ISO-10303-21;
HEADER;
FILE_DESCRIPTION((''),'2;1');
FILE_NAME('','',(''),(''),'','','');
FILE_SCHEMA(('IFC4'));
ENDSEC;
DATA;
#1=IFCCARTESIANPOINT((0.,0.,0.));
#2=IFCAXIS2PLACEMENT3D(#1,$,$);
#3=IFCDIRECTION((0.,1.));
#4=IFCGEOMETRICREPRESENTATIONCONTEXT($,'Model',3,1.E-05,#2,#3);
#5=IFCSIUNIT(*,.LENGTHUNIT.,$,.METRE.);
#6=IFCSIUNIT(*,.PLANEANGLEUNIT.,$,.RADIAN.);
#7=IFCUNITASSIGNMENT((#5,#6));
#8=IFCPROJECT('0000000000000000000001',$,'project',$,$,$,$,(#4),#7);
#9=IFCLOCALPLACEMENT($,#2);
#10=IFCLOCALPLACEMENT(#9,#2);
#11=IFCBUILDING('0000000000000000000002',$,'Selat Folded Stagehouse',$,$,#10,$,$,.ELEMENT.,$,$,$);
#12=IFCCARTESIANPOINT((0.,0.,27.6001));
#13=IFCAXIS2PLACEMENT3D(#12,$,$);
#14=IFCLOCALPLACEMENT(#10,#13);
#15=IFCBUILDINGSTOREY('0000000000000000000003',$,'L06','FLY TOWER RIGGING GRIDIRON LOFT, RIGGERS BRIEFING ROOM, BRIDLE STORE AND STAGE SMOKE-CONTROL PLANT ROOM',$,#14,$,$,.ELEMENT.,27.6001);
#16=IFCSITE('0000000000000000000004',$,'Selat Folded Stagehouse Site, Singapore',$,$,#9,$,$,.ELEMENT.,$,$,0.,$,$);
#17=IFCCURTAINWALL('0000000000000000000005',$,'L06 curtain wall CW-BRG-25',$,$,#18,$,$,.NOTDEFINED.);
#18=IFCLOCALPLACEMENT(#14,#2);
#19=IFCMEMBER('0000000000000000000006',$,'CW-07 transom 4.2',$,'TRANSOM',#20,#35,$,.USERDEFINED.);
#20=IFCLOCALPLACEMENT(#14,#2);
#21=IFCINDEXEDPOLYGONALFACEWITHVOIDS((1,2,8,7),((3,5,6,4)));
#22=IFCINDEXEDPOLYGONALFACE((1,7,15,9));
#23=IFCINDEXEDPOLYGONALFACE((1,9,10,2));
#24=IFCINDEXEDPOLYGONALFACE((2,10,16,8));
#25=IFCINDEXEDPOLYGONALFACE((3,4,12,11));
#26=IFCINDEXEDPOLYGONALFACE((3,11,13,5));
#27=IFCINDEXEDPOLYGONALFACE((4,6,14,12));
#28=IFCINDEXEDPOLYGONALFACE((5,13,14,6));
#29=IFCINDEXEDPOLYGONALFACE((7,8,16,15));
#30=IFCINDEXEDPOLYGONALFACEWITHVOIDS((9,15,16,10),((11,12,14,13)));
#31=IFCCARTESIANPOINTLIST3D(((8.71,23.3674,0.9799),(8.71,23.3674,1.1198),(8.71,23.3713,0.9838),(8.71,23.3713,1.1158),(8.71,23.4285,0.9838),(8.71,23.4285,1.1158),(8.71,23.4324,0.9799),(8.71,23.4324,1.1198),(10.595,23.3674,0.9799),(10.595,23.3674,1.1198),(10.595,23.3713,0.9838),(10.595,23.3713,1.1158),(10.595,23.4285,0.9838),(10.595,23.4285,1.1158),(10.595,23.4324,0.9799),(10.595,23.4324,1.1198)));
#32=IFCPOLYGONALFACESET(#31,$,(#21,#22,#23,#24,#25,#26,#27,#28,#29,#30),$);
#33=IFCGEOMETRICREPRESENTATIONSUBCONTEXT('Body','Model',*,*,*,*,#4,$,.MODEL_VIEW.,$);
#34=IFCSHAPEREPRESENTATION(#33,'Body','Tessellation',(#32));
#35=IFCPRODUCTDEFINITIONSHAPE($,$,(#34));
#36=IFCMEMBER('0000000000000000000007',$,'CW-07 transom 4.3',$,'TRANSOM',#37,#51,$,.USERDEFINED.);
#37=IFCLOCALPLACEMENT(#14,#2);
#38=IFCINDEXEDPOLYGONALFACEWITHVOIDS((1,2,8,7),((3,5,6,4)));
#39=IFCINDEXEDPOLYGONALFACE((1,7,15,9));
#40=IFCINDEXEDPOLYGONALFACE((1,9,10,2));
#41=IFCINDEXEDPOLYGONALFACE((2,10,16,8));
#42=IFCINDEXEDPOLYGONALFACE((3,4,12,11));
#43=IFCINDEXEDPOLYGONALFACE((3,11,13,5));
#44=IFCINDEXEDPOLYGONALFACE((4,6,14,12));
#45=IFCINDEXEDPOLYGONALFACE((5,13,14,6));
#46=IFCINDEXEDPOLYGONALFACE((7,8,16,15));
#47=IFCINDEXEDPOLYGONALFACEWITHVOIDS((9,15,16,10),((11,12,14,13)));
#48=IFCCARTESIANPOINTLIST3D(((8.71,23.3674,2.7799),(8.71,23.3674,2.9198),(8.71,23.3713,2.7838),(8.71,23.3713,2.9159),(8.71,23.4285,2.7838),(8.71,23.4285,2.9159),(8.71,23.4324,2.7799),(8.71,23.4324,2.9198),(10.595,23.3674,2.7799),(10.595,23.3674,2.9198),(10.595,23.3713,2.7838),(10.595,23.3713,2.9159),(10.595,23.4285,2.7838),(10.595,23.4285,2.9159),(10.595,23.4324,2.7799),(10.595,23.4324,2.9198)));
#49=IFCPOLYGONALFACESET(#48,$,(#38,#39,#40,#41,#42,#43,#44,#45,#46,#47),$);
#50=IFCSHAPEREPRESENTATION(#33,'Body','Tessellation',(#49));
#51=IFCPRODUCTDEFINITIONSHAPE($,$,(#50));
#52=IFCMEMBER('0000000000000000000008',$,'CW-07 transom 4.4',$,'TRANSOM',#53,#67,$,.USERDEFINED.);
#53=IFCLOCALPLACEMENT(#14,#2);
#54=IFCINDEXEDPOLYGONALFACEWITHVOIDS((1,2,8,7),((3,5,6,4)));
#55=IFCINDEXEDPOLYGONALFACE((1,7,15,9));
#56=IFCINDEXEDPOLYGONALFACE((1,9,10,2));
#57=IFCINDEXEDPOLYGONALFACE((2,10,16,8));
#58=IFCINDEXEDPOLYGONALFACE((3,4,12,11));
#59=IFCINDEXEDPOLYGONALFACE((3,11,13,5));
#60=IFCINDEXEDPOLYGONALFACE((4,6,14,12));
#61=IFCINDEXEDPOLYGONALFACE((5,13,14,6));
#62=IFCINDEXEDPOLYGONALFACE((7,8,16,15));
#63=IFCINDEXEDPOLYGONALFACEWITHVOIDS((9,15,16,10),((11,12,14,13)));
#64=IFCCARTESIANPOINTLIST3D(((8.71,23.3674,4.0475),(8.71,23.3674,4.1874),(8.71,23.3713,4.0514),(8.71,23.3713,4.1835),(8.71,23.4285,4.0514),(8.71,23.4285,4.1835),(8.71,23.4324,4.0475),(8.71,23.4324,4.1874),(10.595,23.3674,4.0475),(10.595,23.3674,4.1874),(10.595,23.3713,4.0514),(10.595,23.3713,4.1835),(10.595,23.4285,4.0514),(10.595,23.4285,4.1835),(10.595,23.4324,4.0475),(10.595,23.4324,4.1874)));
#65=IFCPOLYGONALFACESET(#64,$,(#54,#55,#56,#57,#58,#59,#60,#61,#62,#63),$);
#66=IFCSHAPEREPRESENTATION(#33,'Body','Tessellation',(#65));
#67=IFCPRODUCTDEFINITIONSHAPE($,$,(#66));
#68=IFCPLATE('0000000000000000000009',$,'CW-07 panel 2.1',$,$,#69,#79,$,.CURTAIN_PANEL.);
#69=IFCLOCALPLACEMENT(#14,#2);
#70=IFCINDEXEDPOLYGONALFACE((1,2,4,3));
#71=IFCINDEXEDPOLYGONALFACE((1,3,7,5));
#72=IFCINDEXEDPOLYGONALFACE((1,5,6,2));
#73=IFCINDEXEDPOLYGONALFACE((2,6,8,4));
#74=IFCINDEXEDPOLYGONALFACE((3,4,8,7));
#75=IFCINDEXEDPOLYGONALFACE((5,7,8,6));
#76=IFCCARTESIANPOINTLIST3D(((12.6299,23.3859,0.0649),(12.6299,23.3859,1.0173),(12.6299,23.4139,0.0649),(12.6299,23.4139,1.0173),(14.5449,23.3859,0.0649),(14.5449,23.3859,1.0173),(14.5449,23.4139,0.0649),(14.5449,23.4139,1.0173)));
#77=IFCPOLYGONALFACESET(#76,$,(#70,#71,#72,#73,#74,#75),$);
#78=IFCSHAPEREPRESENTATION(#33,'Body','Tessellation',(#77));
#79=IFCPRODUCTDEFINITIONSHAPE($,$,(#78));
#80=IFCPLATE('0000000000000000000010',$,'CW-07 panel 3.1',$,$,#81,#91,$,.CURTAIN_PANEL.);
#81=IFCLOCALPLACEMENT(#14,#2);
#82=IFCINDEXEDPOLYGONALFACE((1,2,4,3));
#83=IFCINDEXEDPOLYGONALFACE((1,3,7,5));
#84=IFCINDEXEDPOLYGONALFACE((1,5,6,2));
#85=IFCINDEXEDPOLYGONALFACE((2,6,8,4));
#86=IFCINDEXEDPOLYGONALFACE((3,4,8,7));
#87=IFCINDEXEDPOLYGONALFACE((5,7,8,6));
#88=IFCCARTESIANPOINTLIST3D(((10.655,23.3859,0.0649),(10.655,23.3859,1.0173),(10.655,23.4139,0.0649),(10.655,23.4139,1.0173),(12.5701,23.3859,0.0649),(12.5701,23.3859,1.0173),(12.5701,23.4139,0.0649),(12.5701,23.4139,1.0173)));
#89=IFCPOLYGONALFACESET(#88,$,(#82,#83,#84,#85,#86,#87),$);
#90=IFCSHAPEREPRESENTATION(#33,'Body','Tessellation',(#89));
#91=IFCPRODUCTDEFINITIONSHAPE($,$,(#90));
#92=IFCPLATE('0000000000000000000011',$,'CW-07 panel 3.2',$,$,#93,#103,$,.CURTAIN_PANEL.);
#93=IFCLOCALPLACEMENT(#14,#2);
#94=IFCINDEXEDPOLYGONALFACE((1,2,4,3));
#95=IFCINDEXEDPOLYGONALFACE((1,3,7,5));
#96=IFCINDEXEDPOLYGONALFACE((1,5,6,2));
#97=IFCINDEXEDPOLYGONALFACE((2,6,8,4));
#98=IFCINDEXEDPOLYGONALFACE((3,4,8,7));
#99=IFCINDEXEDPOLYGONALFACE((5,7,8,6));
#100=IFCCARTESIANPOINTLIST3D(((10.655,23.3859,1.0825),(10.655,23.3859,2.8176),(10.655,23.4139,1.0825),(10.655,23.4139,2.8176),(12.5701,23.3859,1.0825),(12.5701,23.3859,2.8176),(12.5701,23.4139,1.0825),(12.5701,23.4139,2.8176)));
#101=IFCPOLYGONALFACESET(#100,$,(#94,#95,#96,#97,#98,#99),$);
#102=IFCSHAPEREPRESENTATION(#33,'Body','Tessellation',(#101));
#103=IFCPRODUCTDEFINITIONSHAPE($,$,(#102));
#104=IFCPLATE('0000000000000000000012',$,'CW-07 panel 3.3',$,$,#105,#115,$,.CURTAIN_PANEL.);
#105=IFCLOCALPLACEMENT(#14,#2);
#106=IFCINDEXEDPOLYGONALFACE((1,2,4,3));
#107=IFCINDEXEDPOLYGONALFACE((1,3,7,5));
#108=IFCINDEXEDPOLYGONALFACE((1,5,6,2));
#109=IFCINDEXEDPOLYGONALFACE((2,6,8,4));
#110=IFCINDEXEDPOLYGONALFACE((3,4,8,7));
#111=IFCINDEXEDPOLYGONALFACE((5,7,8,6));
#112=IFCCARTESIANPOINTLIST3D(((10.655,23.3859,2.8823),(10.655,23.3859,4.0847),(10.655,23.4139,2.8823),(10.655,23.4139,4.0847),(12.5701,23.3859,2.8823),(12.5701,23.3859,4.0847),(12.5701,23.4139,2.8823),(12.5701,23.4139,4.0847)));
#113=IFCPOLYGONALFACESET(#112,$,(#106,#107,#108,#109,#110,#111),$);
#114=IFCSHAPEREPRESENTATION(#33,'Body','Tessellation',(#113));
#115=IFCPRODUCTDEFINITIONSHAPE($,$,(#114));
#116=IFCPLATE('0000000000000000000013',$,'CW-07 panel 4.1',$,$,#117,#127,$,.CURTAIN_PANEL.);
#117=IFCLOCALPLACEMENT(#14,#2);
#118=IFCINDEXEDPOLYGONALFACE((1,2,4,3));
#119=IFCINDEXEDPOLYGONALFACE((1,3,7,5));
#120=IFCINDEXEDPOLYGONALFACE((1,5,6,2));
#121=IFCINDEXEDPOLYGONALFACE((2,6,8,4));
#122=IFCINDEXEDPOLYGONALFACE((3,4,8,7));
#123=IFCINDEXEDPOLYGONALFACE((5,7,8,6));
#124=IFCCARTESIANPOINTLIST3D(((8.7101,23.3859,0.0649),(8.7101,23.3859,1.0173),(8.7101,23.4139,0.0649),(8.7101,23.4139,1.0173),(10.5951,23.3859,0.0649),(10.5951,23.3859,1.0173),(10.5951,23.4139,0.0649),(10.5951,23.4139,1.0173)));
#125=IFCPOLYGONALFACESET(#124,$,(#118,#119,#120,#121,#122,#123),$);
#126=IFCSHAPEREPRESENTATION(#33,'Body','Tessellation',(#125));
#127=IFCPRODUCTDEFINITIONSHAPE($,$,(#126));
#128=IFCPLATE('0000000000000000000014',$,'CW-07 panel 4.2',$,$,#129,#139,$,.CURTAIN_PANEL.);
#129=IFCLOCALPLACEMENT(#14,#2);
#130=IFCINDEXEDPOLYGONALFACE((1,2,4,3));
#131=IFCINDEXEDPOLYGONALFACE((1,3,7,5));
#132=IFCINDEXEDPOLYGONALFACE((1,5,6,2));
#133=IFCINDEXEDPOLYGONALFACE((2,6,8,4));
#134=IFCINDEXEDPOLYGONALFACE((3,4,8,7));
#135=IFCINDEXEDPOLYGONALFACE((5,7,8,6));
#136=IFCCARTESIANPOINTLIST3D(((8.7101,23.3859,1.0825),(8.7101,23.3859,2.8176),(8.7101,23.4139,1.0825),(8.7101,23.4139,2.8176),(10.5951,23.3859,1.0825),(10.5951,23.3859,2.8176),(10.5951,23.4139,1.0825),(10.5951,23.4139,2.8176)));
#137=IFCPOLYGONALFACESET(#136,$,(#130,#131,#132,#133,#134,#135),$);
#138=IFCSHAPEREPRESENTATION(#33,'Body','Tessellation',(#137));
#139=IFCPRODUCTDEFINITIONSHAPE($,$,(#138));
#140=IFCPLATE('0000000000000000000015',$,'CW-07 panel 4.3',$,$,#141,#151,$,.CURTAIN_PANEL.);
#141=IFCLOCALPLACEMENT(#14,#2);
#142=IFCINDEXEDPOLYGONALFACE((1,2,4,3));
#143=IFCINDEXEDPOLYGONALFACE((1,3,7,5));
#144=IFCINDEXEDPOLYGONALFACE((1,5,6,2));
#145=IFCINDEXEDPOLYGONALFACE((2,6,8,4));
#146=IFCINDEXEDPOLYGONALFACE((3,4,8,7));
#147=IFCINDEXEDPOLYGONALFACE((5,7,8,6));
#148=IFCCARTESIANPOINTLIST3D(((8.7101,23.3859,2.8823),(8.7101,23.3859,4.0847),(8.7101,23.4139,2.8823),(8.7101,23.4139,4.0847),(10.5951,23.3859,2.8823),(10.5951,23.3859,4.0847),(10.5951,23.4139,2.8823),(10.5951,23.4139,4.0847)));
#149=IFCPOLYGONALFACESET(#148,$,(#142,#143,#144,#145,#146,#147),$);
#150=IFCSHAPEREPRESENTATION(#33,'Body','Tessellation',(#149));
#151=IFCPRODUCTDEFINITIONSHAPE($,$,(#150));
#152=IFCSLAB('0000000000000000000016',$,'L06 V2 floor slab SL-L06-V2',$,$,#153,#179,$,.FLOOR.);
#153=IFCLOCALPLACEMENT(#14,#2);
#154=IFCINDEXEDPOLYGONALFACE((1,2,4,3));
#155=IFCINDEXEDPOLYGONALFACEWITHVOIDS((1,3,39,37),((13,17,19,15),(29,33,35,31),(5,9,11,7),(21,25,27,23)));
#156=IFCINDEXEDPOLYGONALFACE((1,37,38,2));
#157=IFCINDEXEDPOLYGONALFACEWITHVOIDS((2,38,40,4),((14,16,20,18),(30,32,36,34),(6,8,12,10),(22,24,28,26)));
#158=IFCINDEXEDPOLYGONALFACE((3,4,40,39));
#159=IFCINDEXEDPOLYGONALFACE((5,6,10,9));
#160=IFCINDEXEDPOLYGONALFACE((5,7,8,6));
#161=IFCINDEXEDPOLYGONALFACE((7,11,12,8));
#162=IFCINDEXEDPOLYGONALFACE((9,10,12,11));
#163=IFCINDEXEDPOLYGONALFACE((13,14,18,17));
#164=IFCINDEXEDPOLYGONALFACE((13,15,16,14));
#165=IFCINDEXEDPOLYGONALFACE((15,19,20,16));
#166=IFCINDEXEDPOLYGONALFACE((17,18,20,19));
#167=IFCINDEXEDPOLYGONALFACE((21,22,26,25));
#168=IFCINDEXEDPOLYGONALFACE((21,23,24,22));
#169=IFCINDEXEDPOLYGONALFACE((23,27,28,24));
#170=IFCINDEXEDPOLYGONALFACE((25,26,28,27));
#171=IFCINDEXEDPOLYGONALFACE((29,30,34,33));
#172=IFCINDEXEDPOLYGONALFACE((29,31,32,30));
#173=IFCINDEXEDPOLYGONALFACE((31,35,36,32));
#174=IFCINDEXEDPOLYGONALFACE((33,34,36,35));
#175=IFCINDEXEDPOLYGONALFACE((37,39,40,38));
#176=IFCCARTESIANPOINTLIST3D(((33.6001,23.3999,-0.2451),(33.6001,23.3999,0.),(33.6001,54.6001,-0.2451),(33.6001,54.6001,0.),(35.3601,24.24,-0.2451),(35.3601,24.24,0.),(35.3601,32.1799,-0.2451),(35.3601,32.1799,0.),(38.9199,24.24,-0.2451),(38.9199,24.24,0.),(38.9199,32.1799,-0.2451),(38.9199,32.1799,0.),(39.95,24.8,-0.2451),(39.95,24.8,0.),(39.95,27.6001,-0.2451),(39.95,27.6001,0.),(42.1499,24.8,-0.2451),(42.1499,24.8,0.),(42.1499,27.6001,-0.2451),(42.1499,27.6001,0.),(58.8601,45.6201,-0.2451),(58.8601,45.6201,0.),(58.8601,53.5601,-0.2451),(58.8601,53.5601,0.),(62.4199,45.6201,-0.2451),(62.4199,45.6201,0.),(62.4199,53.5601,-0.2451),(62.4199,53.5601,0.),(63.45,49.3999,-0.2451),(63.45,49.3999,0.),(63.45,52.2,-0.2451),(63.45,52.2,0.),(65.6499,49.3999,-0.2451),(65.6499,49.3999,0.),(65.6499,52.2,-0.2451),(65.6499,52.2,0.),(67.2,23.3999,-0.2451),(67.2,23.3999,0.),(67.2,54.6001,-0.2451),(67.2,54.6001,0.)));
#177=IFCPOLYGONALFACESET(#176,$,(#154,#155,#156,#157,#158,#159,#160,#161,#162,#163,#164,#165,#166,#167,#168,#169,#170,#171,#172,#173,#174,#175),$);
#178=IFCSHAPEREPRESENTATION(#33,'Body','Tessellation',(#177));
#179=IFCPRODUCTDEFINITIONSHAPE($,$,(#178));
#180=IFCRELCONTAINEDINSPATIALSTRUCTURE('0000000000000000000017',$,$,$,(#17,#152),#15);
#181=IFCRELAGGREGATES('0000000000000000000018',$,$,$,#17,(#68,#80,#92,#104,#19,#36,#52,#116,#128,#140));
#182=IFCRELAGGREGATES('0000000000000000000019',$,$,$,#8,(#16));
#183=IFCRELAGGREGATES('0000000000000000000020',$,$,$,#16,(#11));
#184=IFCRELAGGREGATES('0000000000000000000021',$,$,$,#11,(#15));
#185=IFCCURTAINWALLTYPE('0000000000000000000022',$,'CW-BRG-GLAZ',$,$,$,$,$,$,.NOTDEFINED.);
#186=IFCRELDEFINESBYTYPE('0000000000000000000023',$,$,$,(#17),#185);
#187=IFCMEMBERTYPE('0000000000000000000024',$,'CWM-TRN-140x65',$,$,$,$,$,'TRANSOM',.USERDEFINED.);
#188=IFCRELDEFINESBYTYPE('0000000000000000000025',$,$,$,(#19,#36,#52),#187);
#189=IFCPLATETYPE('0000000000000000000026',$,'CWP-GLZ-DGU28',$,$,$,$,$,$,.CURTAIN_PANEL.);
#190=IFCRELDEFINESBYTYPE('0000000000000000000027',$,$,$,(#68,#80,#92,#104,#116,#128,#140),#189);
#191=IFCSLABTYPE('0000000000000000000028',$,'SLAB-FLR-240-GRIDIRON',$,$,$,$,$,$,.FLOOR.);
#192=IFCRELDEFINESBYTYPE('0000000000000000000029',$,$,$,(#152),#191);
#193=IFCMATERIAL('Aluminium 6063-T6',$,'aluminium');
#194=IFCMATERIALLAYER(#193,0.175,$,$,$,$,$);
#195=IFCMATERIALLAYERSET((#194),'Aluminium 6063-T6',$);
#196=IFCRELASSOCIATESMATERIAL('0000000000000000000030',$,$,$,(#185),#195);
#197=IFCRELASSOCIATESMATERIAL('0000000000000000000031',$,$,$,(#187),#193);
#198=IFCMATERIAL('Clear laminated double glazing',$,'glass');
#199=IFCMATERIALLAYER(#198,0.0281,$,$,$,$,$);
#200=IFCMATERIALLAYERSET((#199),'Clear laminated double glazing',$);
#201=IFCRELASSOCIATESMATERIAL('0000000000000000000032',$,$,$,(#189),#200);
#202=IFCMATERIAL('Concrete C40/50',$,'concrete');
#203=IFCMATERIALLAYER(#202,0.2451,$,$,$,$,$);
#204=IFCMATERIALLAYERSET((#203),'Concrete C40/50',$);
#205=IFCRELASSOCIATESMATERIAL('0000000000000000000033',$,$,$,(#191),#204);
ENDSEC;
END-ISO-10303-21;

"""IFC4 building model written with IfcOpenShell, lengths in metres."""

from ifc_helpers import new_model, si_unit, direction, frame, origin, origin_2d, place, context, subcontext, project, spatial, polyline, rectangle, hollow_rectangle, outline, extrude, material, layer, layer_set, material_profile, profile_set, type_object, element, aggregate, save


model = new_model("IFC4")

# Units and contexts
model_context = context("Model", 3, precision=1e-05, world=origin(), true_north=direction((0.0, 1.0)))
body_context = subcontext(model_context, "Body", "Model", "MODEL_VIEW")
ifc_project = project(units=[si_unit("LENGTHUNIT", "METRE"), si_unit("PLANEANGLEUNIT", "RADIAN")], contexts=[model_context])

# Site, building, storey
site_placement = place(None, origin())
site = spatial("IfcSite", under=ifc_project, at=site_placement, Name="Selat Folded Stagehouse Site, Singapore", CompositionType="ELEMENT", RefElevation=0.0)
building_placement = place(site_placement, origin())
building = spatial("IfcBuilding", under=site, at=building_placement, Name="Selat Folded Stagehouse", CompositionType="ELEMENT")
storey_placement = place(building_placement, frame((0.0, 0.0, 27.6001)))
storey = spatial("IfcBuildingStorey", under=building, at=storey_placement, Name="L06", Description="FLY TOWER RIGGING GRIDIRON LOFT, RIGGERS BRIEFING ROOM, BRIDLE STORE AND STAGE SMOKE-CONTROL PLANT ROOM", CompositionType="ELEMENT", Elevation=27.6001)

# Curtain wall, members, plates
ifc_material_1 = material(Name="Aluminium 6063-T6", Category="aluminium")
ifc_layer_1 = layer(ifc_material_1, 0.175)
ifc_layer_set_1 = layer_set([ifc_layer_1], Name="Aluminium 6063-T6")
curtain_wall_type = type_object("IfcCurtainWallType", Name="CW-BRG-GLAZ", PredefinedType="NOTDEFINED", material=ifc_layer_set_1)
curtain_wall_placement = place(storey_placement, origin())
curtain_wall = element("IfcCurtainWall", 1, at=curtain_wall_placement, inside=storey, type_object=curtain_wall_type, Name="L06 curtain wall CW-BRG-25", PredefinedType="NOTDEFINED")
ifc_material_profile_1 = material_profile(ifc_material_1, hollow_rectangle(XDim=0.0649, YDim=0.1399, WallThickness=0.0039, at=origin_2d()), Name="ALU 140x65x4.0")
ifc_profile_set_1 = profile_set([ifc_material_profile_1], Name="Aluminium 6063-T6")
member_type_1 = type_object("IfcMemberType", Name="CWM-TRN-140x65", ElementType="TRANSOM", PredefinedType="USERDEFINED", material=ifc_profile_set_1)
member_1_placement = place(storey_placement, frame((10.595, 23.3999, 1.0498), z_axis=(-1.0, 0.0, 0.0), x_axis=(0.0, -1.0, 0.0)))
member_1 = element("IfcMember", 2, at=member_1_placement, type_object=member_type_1, Name="CW-07 transom 4.2", ObjectType="TRANSOM", PredefinedType="USERDEFINED", context=body_context, shape_type="SweptSolid", body=[
    extrude(hollow_rectangle(XDim=0.0649, YDim=0.1399, WallThickness=0.0039, at=origin_2d()), origin(), (0.0, 0.0, 1.0), 1.885),
])
member_2_placement = place(storey_placement, frame((10.595, 23.3999, 2.8499), z_axis=(-1.0, 0.0, 0.0), x_axis=(0.0, -1.0, 0.0)))
member_2 = element("IfcMember", 3, at=member_2_placement, type_object=member_type_1, Name="CW-07 transom 4.3", ObjectType="TRANSOM", PredefinedType="USERDEFINED", context=body_context, shape_type="SweptSolid", body=[
    extrude(hollow_rectangle(XDim=0.0649, YDim=0.1399, WallThickness=0.0039, at=origin_2d()), origin(), (0.0, 0.0, 1.0), 1.885),
])
member_3_placement = place(storey_placement, frame((10.595, 23.3999, 4.1174), z_axis=(-1.0, 0.0, 0.0), x_axis=(0.0, -1.0, 0.0)))
member_3 = element("IfcMember", 4, at=member_3_placement, type_object=member_type_1, Name="CW-07 transom 4.4", ObjectType="TRANSOM", PredefinedType="USERDEFINED", context=body_context, shape_type="SweptSolid", body=[
    extrude(hollow_rectangle(XDim=0.0649, YDim=0.1399, WallThickness=0.0039, at=origin_2d()), origin(), (0.0, 0.0, 1.0), 1.885),
])
ifc_material_2 = material(Name="Clear laminated double glazing", Category="glass")
ifc_layer_2 = layer(ifc_material_2, 0.0281)
ifc_layer_set_2 = layer_set([ifc_layer_2], Name="Clear laminated double glazing")
plate_type = type_object("IfcPlateType", Name="CWP-GLZ-DGU28", PredefinedType="CURTAIN_PANEL", material=ifc_layer_set_2)
plate_1_placement = place(storey_placement, frame((13.5874, 23.3999, 0.0649), z_axis=(0.0, 0.0, 1.0), x_axis=(-1.0, 0.0, 0.0)))
plate_1 = element("IfcPlate", 5, at=plate_1_placement, type_object=plate_type, Name="CW-07 panel 2.1", PredefinedType="CURTAIN_PANEL", context=body_context, shape_type="SweptSolid", body=[
    extrude(rectangle(XDim=1.915, YDim=0.0281, at=origin_2d()), origin(), (0.0, 0.0, 1.0), 0.9524),
])
plate_2_placement = place(storey_placement, frame((11.6125, 23.3999, 0.0649), z_axis=(0.0, 0.0, 1.0), x_axis=(-1.0, 0.0, 0.0)))
plate_2 = element("IfcPlate", 6, at=plate_2_placement, type_object=plate_type, Name="CW-07 panel 3.1", PredefinedType="CURTAIN_PANEL", context=body_context, shape_type="SweptSolid", body=[
    extrude(rectangle(XDim=1.915, YDim=0.0281, at=origin_2d()), origin(), (0.0, 0.0, 1.0), 0.9524),
])
plate_3_placement = place(storey_placement, frame((11.6125, 23.3999, 1.0825), z_axis=(0.0, 0.0, 1.0), x_axis=(-1.0, 0.0, 0.0)))
plate_3 = element("IfcPlate", 7, at=plate_3_placement, type_object=plate_type, Name="CW-07 panel 3.2", PredefinedType="CURTAIN_PANEL", context=body_context, shape_type="SweptSolid", body=[
    extrude(rectangle(XDim=1.915, YDim=0.0281, at=origin_2d()), origin(), (0.0, 0.0, 1.0), 1.7351),
])
plate_4_placement = place(storey_placement, frame((11.6125, 23.3999, 2.8823), z_axis=(0.0, 0.0, 1.0), x_axis=(-1.0, 0.0, 0.0)))
plate_4 = element("IfcPlate", 8, at=plate_4_placement, type_object=plate_type, Name="CW-07 panel 3.3", PredefinedType="CURTAIN_PANEL", context=body_context, shape_type="SweptSolid", body=[
    extrude(rectangle(XDim=1.915, YDim=0.0281, at=origin_2d()), origin(), (0.0, 0.0, 1.0), 1.2024),
])
plate_5_placement = place(storey_placement, frame((9.6526, 23.3999, 0.0649), z_axis=(0.0, 0.0, 1.0), x_axis=(-1.0, 0.0, 0.0)))
plate_5 = element("IfcPlate", 9, at=plate_5_placement, type_object=plate_type, Name="CW-07 panel 4.1", PredefinedType="CURTAIN_PANEL", context=body_context, shape_type="SweptSolid", body=[
    extrude(rectangle(XDim=1.885, YDim=0.0281, at=origin_2d()), origin(), (0.0, 0.0, 1.0), 0.9524),
])
plate_6_placement = place(storey_placement, frame((9.6526, 23.3999, 1.0825), z_axis=(0.0, 0.0, 1.0), x_axis=(-1.0, 0.0, 0.0)))
plate_6 = element("IfcPlate", 10, at=plate_6_placement, type_object=plate_type, Name="CW-07 panel 4.2", PredefinedType="CURTAIN_PANEL", context=body_context, shape_type="SweptSolid", body=[
    extrude(rectangle(XDim=1.885, YDim=0.0281, at=origin_2d()), origin(), (0.0, 0.0, 1.0), 1.7351),
])
plate_7_placement = place(storey_placement, frame((9.6526, 23.3999, 2.8823), z_axis=(0.0, 0.0, 1.0), x_axis=(-1.0, 0.0, 0.0)))
plate_7 = element("IfcPlate", 11, at=plate_7_placement, type_object=plate_type, Name="CW-07 panel 4.3", PredefinedType="CURTAIN_PANEL", context=body_context, shape_type="SweptSolid", body=[
    extrude(rectangle(XDim=1.885, YDim=0.0281, at=origin_2d()), origin(), (0.0, 0.0, 1.0), 1.2024),
])
aggregate(curtain_wall, [plate_1, plate_2, plate_3, plate_4, member_1, member_2, member_3, plate_5, plate_6, plate_7])

# Slab
ifc_material_3 = material(Name="Concrete C40/50", Category="concrete")
ifc_layer_3 = layer(ifc_material_3, 0.2451)
ifc_layer_set_3 = layer_set([ifc_layer_3], Name="Concrete C40/50")
slab_type_1 = type_object("IfcSlabType", Name="SLAB-FLR-240-GRIDIRON", PredefinedType="FLOOR", material=ifc_layer_set_3)
slab_1_placement = place(storey_placement, frame((0.0, 0.0, -0.2451)))
element("IfcSlab", 12, at=slab_1_placement, inside=storey, type_object=slab_type_1, Name="L06 V2 floor slab SL-L06-V2", PredefinedType="FLOOR", context=body_context, shape_type="SweptSolid", body=[
    extrude(outline(polyline([(33.6001, 23.3999), (67.2, 23.3999), (67.2, 54.6001), (33.6001, 54.6001), (33.6001, 23.3999)]), holes=[polyline([(39.95, 24.8), (39.95, 27.6001), (42.1499, 27.6001), (42.1499, 24.8), (39.95, 24.8)]), polyline([(35.3601, 24.24), (35.3601, 32.1799), (38.9199, 32.1799), (38.9199, 24.24), (35.3601, 24.24)]), polyline([(58.8601, 45.6201), (58.8601, 53.5601), (62.4199, 53.5601), (62.4199, 45.6201), (58.8601, 45.6201)]), polyline([(63.45, 49.3999), (63.45, 52.2), (65.6499, 52.2), (65.6499, 49.3999), (63.45, 49.3999)])]), origin(), (0.0, 0.0, 1.0), 0.2451),
])

save(model, "model.ifc")
